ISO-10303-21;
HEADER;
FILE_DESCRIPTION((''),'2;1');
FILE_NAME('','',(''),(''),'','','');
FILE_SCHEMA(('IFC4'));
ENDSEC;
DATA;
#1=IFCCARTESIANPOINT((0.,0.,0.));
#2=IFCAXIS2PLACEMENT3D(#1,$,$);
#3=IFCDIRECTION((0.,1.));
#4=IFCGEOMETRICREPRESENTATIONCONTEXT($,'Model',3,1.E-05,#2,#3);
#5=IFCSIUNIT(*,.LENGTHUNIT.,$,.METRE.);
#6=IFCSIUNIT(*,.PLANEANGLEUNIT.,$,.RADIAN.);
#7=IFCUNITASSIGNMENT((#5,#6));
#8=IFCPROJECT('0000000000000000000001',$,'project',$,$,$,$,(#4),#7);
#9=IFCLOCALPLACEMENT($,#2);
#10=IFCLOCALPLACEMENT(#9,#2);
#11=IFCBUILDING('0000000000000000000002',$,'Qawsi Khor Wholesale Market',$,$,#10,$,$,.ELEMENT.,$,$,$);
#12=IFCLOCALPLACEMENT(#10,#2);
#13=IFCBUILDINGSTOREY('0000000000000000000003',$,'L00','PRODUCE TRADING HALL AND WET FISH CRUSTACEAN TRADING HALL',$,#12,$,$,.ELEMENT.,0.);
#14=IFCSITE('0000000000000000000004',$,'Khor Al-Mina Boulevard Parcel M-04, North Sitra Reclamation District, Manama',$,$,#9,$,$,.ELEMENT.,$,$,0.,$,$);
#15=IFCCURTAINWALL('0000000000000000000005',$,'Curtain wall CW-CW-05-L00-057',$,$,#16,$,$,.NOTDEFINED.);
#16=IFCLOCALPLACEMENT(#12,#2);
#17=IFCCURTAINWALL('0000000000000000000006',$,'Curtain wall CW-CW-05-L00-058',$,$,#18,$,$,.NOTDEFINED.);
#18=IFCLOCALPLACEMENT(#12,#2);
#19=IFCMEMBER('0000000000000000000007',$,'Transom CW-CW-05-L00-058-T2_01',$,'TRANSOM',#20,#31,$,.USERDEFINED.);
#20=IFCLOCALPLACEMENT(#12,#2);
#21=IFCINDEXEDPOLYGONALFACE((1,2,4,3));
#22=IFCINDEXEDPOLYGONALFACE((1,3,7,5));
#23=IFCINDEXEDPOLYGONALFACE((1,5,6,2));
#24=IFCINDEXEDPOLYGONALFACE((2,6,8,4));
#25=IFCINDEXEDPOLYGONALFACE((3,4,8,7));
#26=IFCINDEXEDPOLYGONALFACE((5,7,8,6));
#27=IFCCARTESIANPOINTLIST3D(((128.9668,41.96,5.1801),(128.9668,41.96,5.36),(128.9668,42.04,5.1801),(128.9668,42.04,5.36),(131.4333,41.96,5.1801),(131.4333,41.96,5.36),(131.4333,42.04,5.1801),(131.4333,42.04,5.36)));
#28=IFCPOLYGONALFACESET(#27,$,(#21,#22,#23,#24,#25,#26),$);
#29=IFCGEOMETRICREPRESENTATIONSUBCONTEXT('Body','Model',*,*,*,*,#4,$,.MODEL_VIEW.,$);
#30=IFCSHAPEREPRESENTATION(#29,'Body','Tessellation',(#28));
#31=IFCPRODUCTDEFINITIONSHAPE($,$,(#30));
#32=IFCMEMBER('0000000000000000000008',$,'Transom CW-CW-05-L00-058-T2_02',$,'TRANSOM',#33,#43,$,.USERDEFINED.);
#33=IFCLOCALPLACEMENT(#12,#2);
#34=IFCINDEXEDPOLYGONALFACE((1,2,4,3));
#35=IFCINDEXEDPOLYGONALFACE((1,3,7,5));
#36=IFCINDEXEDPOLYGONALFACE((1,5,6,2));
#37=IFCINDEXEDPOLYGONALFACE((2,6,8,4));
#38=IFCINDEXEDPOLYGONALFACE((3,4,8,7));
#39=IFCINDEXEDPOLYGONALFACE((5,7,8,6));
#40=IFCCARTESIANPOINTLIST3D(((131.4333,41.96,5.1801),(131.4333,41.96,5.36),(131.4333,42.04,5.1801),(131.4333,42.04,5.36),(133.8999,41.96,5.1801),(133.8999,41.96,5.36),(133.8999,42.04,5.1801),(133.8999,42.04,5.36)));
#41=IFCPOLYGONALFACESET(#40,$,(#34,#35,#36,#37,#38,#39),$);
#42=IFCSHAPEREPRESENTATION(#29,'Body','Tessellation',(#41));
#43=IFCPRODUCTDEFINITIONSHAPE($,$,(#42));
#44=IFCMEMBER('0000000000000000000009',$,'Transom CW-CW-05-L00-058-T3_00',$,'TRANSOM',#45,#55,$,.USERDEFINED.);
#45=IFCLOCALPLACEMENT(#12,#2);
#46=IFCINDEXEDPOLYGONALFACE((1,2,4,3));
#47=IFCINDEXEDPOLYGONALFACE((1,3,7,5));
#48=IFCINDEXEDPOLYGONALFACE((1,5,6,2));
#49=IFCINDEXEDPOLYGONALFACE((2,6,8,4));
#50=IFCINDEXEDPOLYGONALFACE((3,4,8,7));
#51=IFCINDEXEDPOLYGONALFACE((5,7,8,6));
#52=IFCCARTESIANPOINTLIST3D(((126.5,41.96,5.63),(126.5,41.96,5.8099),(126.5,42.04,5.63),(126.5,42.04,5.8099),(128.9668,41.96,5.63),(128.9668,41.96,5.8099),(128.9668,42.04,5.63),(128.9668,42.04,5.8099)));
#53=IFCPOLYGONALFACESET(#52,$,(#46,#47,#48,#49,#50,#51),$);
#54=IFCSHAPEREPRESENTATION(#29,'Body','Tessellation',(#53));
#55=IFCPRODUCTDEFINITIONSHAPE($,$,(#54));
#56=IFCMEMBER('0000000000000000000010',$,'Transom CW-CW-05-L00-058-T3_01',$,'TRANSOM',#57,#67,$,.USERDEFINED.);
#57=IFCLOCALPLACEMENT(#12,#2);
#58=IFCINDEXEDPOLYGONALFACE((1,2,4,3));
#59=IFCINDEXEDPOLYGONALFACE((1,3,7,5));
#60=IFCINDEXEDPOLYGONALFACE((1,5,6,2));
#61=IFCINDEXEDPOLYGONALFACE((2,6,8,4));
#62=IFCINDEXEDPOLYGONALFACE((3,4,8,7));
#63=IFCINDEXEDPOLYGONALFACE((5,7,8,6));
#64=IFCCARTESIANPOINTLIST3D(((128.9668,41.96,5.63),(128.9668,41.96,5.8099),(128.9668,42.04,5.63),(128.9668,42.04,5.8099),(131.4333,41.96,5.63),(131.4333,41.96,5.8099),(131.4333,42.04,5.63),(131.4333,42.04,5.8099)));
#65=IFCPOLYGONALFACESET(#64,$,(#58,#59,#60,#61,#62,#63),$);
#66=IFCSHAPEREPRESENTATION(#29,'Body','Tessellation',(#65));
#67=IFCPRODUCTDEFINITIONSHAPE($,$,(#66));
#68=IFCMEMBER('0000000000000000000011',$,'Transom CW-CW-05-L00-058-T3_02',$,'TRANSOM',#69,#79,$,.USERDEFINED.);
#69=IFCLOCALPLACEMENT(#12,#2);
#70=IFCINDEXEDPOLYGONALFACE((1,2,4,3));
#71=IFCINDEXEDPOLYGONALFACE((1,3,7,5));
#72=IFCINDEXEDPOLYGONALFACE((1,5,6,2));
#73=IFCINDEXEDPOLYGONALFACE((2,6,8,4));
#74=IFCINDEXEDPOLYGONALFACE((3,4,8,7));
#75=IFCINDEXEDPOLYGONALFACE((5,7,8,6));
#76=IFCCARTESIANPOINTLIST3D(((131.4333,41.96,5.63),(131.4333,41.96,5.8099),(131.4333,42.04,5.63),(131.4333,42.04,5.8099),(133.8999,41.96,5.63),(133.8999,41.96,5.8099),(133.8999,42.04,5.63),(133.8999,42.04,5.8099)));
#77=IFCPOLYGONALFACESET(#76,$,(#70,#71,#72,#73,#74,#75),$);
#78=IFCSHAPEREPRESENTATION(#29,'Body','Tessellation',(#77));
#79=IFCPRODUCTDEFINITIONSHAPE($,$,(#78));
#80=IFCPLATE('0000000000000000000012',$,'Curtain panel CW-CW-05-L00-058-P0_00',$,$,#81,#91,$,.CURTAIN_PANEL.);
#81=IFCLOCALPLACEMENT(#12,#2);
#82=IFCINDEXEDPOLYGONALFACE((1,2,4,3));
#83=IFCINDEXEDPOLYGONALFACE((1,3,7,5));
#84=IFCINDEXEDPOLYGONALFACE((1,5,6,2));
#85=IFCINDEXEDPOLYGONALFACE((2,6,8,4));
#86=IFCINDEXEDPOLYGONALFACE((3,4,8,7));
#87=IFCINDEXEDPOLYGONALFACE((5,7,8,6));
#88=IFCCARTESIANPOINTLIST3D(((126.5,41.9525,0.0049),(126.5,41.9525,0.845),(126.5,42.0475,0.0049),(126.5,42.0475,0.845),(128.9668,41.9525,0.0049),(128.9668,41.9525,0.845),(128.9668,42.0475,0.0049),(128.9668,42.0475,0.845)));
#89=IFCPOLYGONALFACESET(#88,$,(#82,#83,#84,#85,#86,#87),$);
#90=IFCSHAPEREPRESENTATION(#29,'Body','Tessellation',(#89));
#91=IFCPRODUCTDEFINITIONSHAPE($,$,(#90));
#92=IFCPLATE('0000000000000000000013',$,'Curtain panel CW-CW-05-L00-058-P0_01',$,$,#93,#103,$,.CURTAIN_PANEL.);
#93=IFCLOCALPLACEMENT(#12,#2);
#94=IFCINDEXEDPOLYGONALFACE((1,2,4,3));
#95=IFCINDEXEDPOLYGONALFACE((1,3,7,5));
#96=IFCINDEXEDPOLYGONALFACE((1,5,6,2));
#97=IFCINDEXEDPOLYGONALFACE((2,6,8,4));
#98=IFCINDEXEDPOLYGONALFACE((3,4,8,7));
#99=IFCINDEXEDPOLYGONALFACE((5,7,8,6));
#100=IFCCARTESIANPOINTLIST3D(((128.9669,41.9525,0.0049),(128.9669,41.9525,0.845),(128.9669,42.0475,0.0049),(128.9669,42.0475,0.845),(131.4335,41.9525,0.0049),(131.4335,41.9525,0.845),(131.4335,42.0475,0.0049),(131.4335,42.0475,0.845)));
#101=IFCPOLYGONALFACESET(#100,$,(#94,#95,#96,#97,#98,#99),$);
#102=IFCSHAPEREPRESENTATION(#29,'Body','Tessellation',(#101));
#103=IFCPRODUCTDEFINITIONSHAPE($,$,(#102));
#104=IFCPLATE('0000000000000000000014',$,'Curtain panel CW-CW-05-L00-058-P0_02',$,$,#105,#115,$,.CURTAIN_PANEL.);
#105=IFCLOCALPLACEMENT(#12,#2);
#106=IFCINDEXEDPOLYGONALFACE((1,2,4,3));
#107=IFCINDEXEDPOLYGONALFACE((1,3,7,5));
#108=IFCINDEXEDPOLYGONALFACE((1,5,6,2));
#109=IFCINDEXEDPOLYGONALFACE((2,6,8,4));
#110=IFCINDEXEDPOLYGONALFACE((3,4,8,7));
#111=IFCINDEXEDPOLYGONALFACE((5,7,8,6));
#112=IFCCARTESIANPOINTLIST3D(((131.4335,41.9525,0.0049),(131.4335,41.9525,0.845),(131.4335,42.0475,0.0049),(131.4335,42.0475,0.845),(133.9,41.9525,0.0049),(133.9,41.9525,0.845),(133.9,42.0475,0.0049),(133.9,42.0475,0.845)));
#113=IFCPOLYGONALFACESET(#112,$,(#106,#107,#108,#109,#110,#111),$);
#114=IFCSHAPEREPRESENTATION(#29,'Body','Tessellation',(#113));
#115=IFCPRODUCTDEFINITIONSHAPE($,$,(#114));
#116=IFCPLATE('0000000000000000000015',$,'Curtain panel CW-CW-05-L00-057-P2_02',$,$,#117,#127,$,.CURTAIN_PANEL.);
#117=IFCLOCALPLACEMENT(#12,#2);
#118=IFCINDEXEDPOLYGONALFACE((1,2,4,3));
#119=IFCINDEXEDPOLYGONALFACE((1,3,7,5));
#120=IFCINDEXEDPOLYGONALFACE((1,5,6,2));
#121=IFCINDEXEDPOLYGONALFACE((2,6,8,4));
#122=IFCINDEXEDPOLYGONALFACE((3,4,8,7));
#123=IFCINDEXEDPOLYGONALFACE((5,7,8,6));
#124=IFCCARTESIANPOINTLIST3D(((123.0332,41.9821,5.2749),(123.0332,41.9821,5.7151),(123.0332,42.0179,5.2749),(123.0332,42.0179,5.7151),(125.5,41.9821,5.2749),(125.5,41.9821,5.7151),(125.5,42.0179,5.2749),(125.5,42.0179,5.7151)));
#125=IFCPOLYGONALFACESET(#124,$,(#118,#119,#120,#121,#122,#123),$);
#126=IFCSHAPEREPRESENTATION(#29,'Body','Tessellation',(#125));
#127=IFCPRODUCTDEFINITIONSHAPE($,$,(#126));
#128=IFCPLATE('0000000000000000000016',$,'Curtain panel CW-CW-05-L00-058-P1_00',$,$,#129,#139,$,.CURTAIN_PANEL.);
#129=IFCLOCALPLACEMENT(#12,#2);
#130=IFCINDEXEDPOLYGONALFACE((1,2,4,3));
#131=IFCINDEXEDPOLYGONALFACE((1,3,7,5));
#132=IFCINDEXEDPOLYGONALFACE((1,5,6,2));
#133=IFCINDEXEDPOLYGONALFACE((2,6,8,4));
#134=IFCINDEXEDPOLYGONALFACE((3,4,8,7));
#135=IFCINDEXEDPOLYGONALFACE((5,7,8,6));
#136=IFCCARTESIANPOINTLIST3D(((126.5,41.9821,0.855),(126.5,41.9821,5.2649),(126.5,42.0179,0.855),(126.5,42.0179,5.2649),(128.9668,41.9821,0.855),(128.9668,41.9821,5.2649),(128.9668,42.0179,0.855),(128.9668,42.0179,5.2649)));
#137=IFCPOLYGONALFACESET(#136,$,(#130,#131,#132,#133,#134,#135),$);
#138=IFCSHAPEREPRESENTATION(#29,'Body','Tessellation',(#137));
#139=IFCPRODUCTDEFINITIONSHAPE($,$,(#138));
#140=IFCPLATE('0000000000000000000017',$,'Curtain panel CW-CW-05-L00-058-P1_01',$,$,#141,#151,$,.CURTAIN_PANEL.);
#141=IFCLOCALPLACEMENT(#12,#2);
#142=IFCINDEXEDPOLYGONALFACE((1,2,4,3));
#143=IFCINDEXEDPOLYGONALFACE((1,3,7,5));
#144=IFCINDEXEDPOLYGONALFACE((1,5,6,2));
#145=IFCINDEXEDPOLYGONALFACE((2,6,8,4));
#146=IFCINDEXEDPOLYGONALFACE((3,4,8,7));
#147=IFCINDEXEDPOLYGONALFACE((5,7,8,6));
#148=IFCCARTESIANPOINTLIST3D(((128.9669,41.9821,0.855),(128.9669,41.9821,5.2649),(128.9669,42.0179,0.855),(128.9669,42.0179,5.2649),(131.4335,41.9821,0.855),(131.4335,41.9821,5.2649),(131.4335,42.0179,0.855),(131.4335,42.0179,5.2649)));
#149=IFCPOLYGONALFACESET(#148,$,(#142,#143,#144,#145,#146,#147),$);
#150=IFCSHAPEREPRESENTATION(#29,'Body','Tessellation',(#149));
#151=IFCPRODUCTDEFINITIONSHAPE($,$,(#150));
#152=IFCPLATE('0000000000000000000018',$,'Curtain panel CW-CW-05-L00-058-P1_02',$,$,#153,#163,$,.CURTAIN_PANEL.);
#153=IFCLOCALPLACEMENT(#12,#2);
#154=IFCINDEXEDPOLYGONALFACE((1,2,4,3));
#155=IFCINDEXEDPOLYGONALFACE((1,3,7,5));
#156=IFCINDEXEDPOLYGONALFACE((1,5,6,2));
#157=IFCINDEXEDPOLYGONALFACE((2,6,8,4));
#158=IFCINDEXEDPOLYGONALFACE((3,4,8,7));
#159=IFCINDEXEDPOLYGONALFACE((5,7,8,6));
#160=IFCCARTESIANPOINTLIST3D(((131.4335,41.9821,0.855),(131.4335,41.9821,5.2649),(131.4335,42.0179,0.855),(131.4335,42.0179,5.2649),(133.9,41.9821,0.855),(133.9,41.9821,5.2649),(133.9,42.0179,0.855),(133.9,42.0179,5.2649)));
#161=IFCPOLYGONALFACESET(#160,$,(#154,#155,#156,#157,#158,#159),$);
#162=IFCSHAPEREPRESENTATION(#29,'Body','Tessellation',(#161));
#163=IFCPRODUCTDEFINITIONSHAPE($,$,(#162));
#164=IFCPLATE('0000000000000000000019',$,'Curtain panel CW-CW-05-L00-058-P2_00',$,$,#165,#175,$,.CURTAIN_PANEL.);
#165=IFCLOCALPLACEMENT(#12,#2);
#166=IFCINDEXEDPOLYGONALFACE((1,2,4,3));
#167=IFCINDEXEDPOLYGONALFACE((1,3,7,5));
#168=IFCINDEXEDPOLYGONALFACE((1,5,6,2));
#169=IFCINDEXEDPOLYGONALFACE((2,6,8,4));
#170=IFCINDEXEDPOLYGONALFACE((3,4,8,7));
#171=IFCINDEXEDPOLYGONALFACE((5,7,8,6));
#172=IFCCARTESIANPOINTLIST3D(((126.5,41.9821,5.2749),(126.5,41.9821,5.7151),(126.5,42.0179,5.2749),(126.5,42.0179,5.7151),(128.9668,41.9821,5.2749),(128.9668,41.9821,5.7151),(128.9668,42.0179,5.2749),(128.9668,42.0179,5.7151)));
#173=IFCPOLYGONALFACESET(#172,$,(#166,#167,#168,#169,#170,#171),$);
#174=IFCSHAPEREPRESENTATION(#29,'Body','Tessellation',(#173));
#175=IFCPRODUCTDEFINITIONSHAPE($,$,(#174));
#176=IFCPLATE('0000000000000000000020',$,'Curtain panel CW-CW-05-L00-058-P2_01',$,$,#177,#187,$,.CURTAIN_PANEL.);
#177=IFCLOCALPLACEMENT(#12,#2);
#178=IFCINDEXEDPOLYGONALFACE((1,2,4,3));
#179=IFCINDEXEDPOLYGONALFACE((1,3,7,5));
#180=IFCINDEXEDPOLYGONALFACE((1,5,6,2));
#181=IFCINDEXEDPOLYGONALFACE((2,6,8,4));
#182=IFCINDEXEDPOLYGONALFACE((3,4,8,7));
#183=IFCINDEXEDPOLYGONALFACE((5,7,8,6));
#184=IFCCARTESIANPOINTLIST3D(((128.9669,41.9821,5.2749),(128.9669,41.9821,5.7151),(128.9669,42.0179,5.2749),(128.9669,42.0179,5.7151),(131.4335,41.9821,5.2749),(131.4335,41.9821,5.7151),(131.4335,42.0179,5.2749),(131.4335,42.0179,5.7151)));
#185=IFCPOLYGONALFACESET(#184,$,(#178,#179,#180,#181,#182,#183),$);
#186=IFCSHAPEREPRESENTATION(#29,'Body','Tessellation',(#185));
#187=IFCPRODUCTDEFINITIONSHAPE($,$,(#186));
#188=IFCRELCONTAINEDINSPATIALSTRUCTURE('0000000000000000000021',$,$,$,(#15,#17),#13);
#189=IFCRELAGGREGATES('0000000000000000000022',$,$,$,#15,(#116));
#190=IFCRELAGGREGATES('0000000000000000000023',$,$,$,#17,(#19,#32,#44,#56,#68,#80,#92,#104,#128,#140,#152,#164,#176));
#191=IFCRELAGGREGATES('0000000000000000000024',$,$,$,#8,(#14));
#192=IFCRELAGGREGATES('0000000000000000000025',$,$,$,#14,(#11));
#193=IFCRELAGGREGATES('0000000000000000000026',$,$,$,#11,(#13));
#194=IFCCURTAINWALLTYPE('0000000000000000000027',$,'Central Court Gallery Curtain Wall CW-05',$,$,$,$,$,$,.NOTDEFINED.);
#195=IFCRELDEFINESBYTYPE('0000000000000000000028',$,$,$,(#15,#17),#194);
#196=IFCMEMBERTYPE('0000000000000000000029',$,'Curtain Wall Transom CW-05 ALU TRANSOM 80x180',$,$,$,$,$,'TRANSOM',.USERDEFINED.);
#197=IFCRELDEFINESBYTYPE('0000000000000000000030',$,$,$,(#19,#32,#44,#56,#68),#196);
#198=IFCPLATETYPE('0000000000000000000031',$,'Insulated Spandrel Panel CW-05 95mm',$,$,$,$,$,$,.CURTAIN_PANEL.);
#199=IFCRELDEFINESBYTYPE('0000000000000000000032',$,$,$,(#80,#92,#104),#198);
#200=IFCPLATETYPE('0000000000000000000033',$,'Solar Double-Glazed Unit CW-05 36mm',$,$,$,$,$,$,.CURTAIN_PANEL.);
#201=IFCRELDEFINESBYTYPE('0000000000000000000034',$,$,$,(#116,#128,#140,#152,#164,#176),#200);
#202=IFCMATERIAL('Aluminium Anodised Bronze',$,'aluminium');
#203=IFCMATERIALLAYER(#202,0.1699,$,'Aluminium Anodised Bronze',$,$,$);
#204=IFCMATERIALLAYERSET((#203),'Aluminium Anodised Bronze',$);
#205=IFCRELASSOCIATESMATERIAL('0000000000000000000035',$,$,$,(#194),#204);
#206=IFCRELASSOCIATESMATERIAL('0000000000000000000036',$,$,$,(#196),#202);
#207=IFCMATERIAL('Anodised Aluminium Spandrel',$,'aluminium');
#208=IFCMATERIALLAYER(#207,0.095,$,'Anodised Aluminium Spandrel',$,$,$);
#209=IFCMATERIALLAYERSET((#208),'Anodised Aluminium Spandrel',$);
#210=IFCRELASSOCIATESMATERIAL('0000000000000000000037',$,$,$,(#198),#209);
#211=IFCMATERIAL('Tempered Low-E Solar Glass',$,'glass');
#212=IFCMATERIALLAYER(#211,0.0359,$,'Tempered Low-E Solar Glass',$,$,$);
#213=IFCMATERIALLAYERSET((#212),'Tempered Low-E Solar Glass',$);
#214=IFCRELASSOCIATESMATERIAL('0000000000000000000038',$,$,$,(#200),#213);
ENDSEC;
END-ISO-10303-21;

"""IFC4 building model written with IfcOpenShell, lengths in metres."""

from ifc_helpers import new_model, si_unit, direction, frame, frame_2d, origin, origin_2d, place, context, subcontext, project, spatial, rectangle, extrude, material, layer, layer_set, material_profile, profile_set, type_object, element, aggregate, save


model = new_model("IFC4")

# Units and contexts
model_context = context("Model", 3, precision=1e-05, world=origin(), true_north=direction((0.0, 1.0)))
body_context = subcontext(model_context, "Body", "Model", "MODEL_VIEW")
ifc_project = project(units=[si_unit("LENGTHUNIT", "METRE"), si_unit("PLANEANGLEUNIT", "RADIAN")], contexts=[model_context])

# Site, building, storey
site_placement = place(None, origin())
site = spatial("IfcSite", under=ifc_project, at=site_placement, Name="Khor Al-Mina Boulevard Parcel M-04, North Sitra Reclamation District, Manama", CompositionType="ELEMENT", RefElevation=0.0)
building_placement = place(site_placement, origin())
building = spatial("IfcBuilding", under=site, at=building_placement, Name="Qawsi Khor Wholesale Market", CompositionType="ELEMENT")
storey_placement = place(building_placement, origin())
storey = spatial("IfcBuildingStorey", under=building, at=storey_placement, Name="L00", Description="PRODUCE TRADING HALL AND WET FISH CRUSTACEAN TRADING HALL", CompositionType="ELEMENT", Elevation=0.0)

# Curtain wall
ifc_material_1 = material(Name="Aluminium Anodised Bronze", Category="aluminium")
ifc_layer_1 = layer(ifc_material_1, 0.1699, Name="Aluminium Anodised Bronze")
ifc_layer_set_1 = layer_set([ifc_layer_1], Name="Aluminium Anodised Bronze")
curtain_wall_type = type_object("IfcCurtainWallType", Name="Central Court Gallery Curtain Wall CW-05", PredefinedType="NOTDEFINED", material=ifc_layer_set_1)
curtain_wall_1_placement = place(storey_placement, origin())
curtain_wall_1 = element("IfcCurtainWall", 1, at=curtain_wall_1_placement, inside=storey, type_object=curtain_wall_type, Name="Curtain wall CW-CW-05-L00-057", PredefinedType="NOTDEFINED")

# Curtain wall, members, plates
curtain_wall_2_placement = place(storey_placement, origin())
curtain_wall_2 = element("IfcCurtainWall", 2, at=curtain_wall_2_placement, inside=storey, type_object=curtain_wall_type, Name="Curtain wall CW-CW-05-L00-058", PredefinedType="NOTDEFINED")
ifc_material_profile_1 = material_profile(ifc_material_1, rectangle(XDim=0.0801, YDim=0.1799, at=origin_2d()), Name="ALU TRANSOM 80x180")
ifc_profile_set_1 = profile_set([ifc_material_profile_1], Name="Aluminium Anodised Bronze")
member_type_1 = type_object("IfcMemberType", Name="Curtain Wall Transom CW-05 ALU TRANSOM 80x180", ElementType="TRANSOM", PredefinedType="USERDEFINED", material=ifc_profile_set_1)
member_1_placement = place(storey_placement, frame((128.9668, 42.0, 5.27), z_axis=(1.0, 0.0, 0.0), x_axis=(0.0, 1.0, 0.0)))
member_1 = element("IfcMember", 3, at=member_1_placement, type_object=member_type_1, Name="Transom CW-CW-05-L00-058-T2_01", ObjectType="TRANSOM", PredefinedType="USERDEFINED", context=body_context, shape_type="SweptSolid", body=[
    extrude(rectangle(XDim=0.0801, YDim=0.1799, at=origin_2d()), origin(), (0.0, 0.0, 1.0), 2.4666),
])
member_2_placement = place(storey_placement, frame((131.4333, 42.0, 5.27), z_axis=(1.0, 0.0, 0.0), x_axis=(0.0, 1.0, 0.0)))
member_2 = element("IfcMember", 4, at=member_2_placement, type_object=member_type_1, Name="Transom CW-CW-05-L00-058-T2_02", ObjectType="TRANSOM", PredefinedType="USERDEFINED", context=body_context, shape_type="SweptSolid", body=[
    extrude(rectangle(XDim=0.0801, YDim=0.1799, at=origin_2d()), origin(), (0.0, 0.0, 1.0), 2.4666),
])
member_3_placement = place(storey_placement, frame((126.5, 42.0, 5.72), z_axis=(1.0, 0.0, 0.0), x_axis=(0.0, 1.0, 0.0)))
member_3 = element("IfcMember", 5, at=member_3_placement, type_object=member_type_1, Name="Transom CW-CW-05-L00-058-T3_00", ObjectType="TRANSOM", PredefinedType="USERDEFINED", context=body_context, shape_type="SweptSolid", body=[
    extrude(rectangle(XDim=0.0801, YDim=0.1799, at=origin_2d()), origin(), (0.0, 0.0, 1.0), 2.4668),
])
member_4_placement = place(storey_placement, frame((128.9668, 42.0, 5.72), z_axis=(1.0, 0.0, 0.0), x_axis=(0.0, 1.0, 0.0)))
member_4 = element("IfcMember", 6, at=member_4_placement, type_object=member_type_1, Name="Transom CW-CW-05-L00-058-T3_01", ObjectType="TRANSOM", PredefinedType="USERDEFINED", context=body_context, shape_type="SweptSolid", body=[
    extrude(rectangle(XDim=0.0801, YDim=0.1799, at=origin_2d()), origin(), (0.0, 0.0, 1.0), 2.4666),
])
member_5_placement = place(storey_placement, frame((131.4333, 42.0, 5.72), z_axis=(1.0, 0.0, 0.0), x_axis=(0.0, 1.0, 0.0)))
member_5 = element("IfcMember", 7, at=member_5_placement, type_object=member_type_1, Name="Transom CW-CW-05-L00-058-T3_02", ObjectType="TRANSOM", PredefinedType="USERDEFINED", context=body_context, shape_type="SweptSolid", body=[
    extrude(rectangle(XDim=0.0801, YDim=0.1799, at=origin_2d()), origin(), (0.0, 0.0, 1.0), 2.4666),
])
ifc_material_2 = material(Name="Anodised Aluminium Spandrel", Category="aluminium")
ifc_layer_2 = layer(ifc_material_2, 0.095, Name="Anodised Aluminium Spandrel")
ifc_layer_set_2 = layer_set([ifc_layer_2], Name="Anodised Aluminium Spandrel")
plate_type_1 = type_object("IfcPlateType", Name="Insulated Spandrel Panel CW-05 95mm", PredefinedType="CURTAIN_PANEL", material=ifc_layer_set_2)
plate_1_placement = place(storey_placement, frame((126.5, 42.0, 0.0049), z_axis=(0.0, 0.0, 1.0), x_axis=(1.0, 0.0, 0.0)))
plate_1 = element("IfcPlate", 8, at=plate_1_placement, type_object=plate_type_1, Name="Curtain panel CW-CW-05-L00-058-P0_00", PredefinedType="CURTAIN_PANEL", context=body_context, shape_type="SweptSolid", body=[
    extrude(rectangle(XDim=2.4668, YDim=0.095, at=frame_2d((1.2334, 0.0))), origin(), (0.0, 0.0, 1.0), 0.8401),
])
plate_2_placement = place(storey_placement, frame((128.9668, 42.0, 0.0049), z_axis=(0.0, 0.0, 1.0), x_axis=(1.0, 0.0, 0.0)))
plate_2 = element("IfcPlate", 9, at=plate_2_placement, type_object=plate_type_1, Name="Curtain panel CW-CW-05-L00-058-P0_01", PredefinedType="CURTAIN_PANEL", context=body_context, shape_type="SweptSolid", body=[
    extrude(rectangle(XDim=2.4666, YDim=0.095, at=frame_2d((1.2334, 0.0))), origin(), (0.0, 0.0, 1.0), 0.8401),
])
plate_3_placement = place(storey_placement, frame((131.4333, 42.0, 0.0049), z_axis=(0.0, 0.0, 1.0), x_axis=(1.0, 0.0, 0.0)))
plate_3 = element("IfcPlate", 10, at=plate_3_placement, type_object=plate_type_1, Name="Curtain panel CW-CW-05-L00-058-P0_02", PredefinedType="CURTAIN_PANEL", context=body_context, shape_type="SweptSolid", body=[
    extrude(rectangle(XDim=2.4666, YDim=0.095, at=frame_2d((1.2334, 0.0))), origin(), (0.0, 0.0, 1.0), 0.8401),
])

# Plates
ifc_material_3 = material(Name="Tempered Low-E Solar Glass", Category="glass")
ifc_layer_3 = layer(ifc_material_3, 0.0359, Name="Tempered Low-E Solar Glass")
ifc_layer_set_3 = layer_set([ifc_layer_3], Name="Tempered Low-E Solar Glass")
plate_type_2 = type_object("IfcPlateType", Name="Solar Double-Glazed Unit CW-05 36mm", PredefinedType="CURTAIN_PANEL", material=ifc_layer_set_3)
plate_4_placement = place(storey_placement, frame((123.0332, 42.0, 5.2749), z_axis=(0.0, 0.0, 1.0), x_axis=(1.0, 0.0, 0.0)))
plate_4 = element("IfcPlate", 11, at=plate_4_placement, type_object=plate_type_2, Name="Curtain panel CW-CW-05-L00-057-P2_02", PredefinedType="CURTAIN_PANEL", context=body_context, shape_type="SweptSolid", body=[
    extrude(rectangle(XDim=2.4668, YDim=0.0359, at=frame_2d((1.2334, 0.0))), origin(), (0.0, 0.0, 1.0), 0.4402),
])
aggregate(curtain_wall_1, [plate_4])
plate_5_placement = place(storey_placement, frame((126.5, 42.0, 0.855), z_axis=(0.0, 0.0, 1.0), x_axis=(1.0, 0.0, 0.0)))
plate_5 = element("IfcPlate", 12, at=plate_5_placement, type_object=plate_type_2, Name="Curtain panel CW-CW-05-L00-058-P1_00", PredefinedType="CURTAIN_PANEL", context=body_context, shape_type="SweptSolid", body=[
    extrude(rectangle(XDim=2.4668, YDim=0.0359, at=frame_2d((1.2334, 0.0))), origin(), (0.0, 0.0, 1.0), 4.4099),
])
plate_6_placement = place(storey_placement, frame((128.9668, 42.0, 0.855), z_axis=(0.0, 0.0, 1.0), x_axis=(1.0, 0.0, 0.0)))
plate_6 = element("IfcPlate", 13, at=plate_6_placement, type_object=plate_type_2, Name="Curtain panel CW-CW-05-L00-058-P1_01", PredefinedType="CURTAIN_PANEL", context=body_context, shape_type="SweptSolid", body=[
    extrude(rectangle(XDim=2.4666, YDim=0.0359, at=frame_2d((1.2334, 0.0))), origin(), (0.0, 0.0, 1.0), 4.4099),
])
plate_7_placement = place(storey_placement, frame((131.4333, 42.0, 0.855), z_axis=(0.0, 0.0, 1.0), x_axis=(1.0, 0.0, 0.0)))
plate_7 = element("IfcPlate", 14, at=plate_7_placement, type_object=plate_type_2, Name="Curtain panel CW-CW-05-L00-058-P1_02", PredefinedType="CURTAIN_PANEL", context=body_context, shape_type="SweptSolid", body=[
    extrude(rectangle(XDim=2.4666, YDim=0.0359, at=frame_2d((1.2334, 0.0))), origin(), (0.0, 0.0, 1.0), 4.4099),
])
plate_8_placement = place(storey_placement, frame((126.5, 42.0, 5.2749), z_axis=(0.0, 0.0, 1.0), x_axis=(1.0, 0.0, 0.0)))
plate_8 = element("IfcPlate", 15, at=plate_8_placement, type_object=plate_type_2, Name="Curtain panel CW-CW-05-L00-058-P2_00", PredefinedType="CURTAIN_PANEL", context=body_context, shape_type="SweptSolid", body=[
    extrude(rectangle(XDim=2.4668, YDim=0.0359, at=frame_2d((1.2334, 0.0))), origin(), (0.0, 0.0, 1.0), 0.4402),
])
plate_9_placement = place(storey_placement, frame((128.9668, 42.0, 5.2749), z_axis=(0.0, 0.0, 1.0), x_axis=(1.0, 0.0, 0.0)))
plate_9 = element("IfcPlate", 16, at=plate_9_placement, type_object=plate_type_2, Name="Curtain panel CW-CW-05-L00-058-P2_01", PredefinedType="CURTAIN_PANEL", context=body_context, shape_type="SweptSolid", body=[
    extrude(rectangle(XDim=2.4666, YDim=0.0359, at=frame_2d((1.2334, 0.0))), origin(), (0.0, 0.0, 1.0), 0.4402),
])
aggregate(curtain_wall_2, [member_1, member_2, member_3, member_4, member_5, plate_1, plate_2, plate_3, plate_5, plate_6, plate_7, plate_8, plate_9])

save(model, "model.ifc")
